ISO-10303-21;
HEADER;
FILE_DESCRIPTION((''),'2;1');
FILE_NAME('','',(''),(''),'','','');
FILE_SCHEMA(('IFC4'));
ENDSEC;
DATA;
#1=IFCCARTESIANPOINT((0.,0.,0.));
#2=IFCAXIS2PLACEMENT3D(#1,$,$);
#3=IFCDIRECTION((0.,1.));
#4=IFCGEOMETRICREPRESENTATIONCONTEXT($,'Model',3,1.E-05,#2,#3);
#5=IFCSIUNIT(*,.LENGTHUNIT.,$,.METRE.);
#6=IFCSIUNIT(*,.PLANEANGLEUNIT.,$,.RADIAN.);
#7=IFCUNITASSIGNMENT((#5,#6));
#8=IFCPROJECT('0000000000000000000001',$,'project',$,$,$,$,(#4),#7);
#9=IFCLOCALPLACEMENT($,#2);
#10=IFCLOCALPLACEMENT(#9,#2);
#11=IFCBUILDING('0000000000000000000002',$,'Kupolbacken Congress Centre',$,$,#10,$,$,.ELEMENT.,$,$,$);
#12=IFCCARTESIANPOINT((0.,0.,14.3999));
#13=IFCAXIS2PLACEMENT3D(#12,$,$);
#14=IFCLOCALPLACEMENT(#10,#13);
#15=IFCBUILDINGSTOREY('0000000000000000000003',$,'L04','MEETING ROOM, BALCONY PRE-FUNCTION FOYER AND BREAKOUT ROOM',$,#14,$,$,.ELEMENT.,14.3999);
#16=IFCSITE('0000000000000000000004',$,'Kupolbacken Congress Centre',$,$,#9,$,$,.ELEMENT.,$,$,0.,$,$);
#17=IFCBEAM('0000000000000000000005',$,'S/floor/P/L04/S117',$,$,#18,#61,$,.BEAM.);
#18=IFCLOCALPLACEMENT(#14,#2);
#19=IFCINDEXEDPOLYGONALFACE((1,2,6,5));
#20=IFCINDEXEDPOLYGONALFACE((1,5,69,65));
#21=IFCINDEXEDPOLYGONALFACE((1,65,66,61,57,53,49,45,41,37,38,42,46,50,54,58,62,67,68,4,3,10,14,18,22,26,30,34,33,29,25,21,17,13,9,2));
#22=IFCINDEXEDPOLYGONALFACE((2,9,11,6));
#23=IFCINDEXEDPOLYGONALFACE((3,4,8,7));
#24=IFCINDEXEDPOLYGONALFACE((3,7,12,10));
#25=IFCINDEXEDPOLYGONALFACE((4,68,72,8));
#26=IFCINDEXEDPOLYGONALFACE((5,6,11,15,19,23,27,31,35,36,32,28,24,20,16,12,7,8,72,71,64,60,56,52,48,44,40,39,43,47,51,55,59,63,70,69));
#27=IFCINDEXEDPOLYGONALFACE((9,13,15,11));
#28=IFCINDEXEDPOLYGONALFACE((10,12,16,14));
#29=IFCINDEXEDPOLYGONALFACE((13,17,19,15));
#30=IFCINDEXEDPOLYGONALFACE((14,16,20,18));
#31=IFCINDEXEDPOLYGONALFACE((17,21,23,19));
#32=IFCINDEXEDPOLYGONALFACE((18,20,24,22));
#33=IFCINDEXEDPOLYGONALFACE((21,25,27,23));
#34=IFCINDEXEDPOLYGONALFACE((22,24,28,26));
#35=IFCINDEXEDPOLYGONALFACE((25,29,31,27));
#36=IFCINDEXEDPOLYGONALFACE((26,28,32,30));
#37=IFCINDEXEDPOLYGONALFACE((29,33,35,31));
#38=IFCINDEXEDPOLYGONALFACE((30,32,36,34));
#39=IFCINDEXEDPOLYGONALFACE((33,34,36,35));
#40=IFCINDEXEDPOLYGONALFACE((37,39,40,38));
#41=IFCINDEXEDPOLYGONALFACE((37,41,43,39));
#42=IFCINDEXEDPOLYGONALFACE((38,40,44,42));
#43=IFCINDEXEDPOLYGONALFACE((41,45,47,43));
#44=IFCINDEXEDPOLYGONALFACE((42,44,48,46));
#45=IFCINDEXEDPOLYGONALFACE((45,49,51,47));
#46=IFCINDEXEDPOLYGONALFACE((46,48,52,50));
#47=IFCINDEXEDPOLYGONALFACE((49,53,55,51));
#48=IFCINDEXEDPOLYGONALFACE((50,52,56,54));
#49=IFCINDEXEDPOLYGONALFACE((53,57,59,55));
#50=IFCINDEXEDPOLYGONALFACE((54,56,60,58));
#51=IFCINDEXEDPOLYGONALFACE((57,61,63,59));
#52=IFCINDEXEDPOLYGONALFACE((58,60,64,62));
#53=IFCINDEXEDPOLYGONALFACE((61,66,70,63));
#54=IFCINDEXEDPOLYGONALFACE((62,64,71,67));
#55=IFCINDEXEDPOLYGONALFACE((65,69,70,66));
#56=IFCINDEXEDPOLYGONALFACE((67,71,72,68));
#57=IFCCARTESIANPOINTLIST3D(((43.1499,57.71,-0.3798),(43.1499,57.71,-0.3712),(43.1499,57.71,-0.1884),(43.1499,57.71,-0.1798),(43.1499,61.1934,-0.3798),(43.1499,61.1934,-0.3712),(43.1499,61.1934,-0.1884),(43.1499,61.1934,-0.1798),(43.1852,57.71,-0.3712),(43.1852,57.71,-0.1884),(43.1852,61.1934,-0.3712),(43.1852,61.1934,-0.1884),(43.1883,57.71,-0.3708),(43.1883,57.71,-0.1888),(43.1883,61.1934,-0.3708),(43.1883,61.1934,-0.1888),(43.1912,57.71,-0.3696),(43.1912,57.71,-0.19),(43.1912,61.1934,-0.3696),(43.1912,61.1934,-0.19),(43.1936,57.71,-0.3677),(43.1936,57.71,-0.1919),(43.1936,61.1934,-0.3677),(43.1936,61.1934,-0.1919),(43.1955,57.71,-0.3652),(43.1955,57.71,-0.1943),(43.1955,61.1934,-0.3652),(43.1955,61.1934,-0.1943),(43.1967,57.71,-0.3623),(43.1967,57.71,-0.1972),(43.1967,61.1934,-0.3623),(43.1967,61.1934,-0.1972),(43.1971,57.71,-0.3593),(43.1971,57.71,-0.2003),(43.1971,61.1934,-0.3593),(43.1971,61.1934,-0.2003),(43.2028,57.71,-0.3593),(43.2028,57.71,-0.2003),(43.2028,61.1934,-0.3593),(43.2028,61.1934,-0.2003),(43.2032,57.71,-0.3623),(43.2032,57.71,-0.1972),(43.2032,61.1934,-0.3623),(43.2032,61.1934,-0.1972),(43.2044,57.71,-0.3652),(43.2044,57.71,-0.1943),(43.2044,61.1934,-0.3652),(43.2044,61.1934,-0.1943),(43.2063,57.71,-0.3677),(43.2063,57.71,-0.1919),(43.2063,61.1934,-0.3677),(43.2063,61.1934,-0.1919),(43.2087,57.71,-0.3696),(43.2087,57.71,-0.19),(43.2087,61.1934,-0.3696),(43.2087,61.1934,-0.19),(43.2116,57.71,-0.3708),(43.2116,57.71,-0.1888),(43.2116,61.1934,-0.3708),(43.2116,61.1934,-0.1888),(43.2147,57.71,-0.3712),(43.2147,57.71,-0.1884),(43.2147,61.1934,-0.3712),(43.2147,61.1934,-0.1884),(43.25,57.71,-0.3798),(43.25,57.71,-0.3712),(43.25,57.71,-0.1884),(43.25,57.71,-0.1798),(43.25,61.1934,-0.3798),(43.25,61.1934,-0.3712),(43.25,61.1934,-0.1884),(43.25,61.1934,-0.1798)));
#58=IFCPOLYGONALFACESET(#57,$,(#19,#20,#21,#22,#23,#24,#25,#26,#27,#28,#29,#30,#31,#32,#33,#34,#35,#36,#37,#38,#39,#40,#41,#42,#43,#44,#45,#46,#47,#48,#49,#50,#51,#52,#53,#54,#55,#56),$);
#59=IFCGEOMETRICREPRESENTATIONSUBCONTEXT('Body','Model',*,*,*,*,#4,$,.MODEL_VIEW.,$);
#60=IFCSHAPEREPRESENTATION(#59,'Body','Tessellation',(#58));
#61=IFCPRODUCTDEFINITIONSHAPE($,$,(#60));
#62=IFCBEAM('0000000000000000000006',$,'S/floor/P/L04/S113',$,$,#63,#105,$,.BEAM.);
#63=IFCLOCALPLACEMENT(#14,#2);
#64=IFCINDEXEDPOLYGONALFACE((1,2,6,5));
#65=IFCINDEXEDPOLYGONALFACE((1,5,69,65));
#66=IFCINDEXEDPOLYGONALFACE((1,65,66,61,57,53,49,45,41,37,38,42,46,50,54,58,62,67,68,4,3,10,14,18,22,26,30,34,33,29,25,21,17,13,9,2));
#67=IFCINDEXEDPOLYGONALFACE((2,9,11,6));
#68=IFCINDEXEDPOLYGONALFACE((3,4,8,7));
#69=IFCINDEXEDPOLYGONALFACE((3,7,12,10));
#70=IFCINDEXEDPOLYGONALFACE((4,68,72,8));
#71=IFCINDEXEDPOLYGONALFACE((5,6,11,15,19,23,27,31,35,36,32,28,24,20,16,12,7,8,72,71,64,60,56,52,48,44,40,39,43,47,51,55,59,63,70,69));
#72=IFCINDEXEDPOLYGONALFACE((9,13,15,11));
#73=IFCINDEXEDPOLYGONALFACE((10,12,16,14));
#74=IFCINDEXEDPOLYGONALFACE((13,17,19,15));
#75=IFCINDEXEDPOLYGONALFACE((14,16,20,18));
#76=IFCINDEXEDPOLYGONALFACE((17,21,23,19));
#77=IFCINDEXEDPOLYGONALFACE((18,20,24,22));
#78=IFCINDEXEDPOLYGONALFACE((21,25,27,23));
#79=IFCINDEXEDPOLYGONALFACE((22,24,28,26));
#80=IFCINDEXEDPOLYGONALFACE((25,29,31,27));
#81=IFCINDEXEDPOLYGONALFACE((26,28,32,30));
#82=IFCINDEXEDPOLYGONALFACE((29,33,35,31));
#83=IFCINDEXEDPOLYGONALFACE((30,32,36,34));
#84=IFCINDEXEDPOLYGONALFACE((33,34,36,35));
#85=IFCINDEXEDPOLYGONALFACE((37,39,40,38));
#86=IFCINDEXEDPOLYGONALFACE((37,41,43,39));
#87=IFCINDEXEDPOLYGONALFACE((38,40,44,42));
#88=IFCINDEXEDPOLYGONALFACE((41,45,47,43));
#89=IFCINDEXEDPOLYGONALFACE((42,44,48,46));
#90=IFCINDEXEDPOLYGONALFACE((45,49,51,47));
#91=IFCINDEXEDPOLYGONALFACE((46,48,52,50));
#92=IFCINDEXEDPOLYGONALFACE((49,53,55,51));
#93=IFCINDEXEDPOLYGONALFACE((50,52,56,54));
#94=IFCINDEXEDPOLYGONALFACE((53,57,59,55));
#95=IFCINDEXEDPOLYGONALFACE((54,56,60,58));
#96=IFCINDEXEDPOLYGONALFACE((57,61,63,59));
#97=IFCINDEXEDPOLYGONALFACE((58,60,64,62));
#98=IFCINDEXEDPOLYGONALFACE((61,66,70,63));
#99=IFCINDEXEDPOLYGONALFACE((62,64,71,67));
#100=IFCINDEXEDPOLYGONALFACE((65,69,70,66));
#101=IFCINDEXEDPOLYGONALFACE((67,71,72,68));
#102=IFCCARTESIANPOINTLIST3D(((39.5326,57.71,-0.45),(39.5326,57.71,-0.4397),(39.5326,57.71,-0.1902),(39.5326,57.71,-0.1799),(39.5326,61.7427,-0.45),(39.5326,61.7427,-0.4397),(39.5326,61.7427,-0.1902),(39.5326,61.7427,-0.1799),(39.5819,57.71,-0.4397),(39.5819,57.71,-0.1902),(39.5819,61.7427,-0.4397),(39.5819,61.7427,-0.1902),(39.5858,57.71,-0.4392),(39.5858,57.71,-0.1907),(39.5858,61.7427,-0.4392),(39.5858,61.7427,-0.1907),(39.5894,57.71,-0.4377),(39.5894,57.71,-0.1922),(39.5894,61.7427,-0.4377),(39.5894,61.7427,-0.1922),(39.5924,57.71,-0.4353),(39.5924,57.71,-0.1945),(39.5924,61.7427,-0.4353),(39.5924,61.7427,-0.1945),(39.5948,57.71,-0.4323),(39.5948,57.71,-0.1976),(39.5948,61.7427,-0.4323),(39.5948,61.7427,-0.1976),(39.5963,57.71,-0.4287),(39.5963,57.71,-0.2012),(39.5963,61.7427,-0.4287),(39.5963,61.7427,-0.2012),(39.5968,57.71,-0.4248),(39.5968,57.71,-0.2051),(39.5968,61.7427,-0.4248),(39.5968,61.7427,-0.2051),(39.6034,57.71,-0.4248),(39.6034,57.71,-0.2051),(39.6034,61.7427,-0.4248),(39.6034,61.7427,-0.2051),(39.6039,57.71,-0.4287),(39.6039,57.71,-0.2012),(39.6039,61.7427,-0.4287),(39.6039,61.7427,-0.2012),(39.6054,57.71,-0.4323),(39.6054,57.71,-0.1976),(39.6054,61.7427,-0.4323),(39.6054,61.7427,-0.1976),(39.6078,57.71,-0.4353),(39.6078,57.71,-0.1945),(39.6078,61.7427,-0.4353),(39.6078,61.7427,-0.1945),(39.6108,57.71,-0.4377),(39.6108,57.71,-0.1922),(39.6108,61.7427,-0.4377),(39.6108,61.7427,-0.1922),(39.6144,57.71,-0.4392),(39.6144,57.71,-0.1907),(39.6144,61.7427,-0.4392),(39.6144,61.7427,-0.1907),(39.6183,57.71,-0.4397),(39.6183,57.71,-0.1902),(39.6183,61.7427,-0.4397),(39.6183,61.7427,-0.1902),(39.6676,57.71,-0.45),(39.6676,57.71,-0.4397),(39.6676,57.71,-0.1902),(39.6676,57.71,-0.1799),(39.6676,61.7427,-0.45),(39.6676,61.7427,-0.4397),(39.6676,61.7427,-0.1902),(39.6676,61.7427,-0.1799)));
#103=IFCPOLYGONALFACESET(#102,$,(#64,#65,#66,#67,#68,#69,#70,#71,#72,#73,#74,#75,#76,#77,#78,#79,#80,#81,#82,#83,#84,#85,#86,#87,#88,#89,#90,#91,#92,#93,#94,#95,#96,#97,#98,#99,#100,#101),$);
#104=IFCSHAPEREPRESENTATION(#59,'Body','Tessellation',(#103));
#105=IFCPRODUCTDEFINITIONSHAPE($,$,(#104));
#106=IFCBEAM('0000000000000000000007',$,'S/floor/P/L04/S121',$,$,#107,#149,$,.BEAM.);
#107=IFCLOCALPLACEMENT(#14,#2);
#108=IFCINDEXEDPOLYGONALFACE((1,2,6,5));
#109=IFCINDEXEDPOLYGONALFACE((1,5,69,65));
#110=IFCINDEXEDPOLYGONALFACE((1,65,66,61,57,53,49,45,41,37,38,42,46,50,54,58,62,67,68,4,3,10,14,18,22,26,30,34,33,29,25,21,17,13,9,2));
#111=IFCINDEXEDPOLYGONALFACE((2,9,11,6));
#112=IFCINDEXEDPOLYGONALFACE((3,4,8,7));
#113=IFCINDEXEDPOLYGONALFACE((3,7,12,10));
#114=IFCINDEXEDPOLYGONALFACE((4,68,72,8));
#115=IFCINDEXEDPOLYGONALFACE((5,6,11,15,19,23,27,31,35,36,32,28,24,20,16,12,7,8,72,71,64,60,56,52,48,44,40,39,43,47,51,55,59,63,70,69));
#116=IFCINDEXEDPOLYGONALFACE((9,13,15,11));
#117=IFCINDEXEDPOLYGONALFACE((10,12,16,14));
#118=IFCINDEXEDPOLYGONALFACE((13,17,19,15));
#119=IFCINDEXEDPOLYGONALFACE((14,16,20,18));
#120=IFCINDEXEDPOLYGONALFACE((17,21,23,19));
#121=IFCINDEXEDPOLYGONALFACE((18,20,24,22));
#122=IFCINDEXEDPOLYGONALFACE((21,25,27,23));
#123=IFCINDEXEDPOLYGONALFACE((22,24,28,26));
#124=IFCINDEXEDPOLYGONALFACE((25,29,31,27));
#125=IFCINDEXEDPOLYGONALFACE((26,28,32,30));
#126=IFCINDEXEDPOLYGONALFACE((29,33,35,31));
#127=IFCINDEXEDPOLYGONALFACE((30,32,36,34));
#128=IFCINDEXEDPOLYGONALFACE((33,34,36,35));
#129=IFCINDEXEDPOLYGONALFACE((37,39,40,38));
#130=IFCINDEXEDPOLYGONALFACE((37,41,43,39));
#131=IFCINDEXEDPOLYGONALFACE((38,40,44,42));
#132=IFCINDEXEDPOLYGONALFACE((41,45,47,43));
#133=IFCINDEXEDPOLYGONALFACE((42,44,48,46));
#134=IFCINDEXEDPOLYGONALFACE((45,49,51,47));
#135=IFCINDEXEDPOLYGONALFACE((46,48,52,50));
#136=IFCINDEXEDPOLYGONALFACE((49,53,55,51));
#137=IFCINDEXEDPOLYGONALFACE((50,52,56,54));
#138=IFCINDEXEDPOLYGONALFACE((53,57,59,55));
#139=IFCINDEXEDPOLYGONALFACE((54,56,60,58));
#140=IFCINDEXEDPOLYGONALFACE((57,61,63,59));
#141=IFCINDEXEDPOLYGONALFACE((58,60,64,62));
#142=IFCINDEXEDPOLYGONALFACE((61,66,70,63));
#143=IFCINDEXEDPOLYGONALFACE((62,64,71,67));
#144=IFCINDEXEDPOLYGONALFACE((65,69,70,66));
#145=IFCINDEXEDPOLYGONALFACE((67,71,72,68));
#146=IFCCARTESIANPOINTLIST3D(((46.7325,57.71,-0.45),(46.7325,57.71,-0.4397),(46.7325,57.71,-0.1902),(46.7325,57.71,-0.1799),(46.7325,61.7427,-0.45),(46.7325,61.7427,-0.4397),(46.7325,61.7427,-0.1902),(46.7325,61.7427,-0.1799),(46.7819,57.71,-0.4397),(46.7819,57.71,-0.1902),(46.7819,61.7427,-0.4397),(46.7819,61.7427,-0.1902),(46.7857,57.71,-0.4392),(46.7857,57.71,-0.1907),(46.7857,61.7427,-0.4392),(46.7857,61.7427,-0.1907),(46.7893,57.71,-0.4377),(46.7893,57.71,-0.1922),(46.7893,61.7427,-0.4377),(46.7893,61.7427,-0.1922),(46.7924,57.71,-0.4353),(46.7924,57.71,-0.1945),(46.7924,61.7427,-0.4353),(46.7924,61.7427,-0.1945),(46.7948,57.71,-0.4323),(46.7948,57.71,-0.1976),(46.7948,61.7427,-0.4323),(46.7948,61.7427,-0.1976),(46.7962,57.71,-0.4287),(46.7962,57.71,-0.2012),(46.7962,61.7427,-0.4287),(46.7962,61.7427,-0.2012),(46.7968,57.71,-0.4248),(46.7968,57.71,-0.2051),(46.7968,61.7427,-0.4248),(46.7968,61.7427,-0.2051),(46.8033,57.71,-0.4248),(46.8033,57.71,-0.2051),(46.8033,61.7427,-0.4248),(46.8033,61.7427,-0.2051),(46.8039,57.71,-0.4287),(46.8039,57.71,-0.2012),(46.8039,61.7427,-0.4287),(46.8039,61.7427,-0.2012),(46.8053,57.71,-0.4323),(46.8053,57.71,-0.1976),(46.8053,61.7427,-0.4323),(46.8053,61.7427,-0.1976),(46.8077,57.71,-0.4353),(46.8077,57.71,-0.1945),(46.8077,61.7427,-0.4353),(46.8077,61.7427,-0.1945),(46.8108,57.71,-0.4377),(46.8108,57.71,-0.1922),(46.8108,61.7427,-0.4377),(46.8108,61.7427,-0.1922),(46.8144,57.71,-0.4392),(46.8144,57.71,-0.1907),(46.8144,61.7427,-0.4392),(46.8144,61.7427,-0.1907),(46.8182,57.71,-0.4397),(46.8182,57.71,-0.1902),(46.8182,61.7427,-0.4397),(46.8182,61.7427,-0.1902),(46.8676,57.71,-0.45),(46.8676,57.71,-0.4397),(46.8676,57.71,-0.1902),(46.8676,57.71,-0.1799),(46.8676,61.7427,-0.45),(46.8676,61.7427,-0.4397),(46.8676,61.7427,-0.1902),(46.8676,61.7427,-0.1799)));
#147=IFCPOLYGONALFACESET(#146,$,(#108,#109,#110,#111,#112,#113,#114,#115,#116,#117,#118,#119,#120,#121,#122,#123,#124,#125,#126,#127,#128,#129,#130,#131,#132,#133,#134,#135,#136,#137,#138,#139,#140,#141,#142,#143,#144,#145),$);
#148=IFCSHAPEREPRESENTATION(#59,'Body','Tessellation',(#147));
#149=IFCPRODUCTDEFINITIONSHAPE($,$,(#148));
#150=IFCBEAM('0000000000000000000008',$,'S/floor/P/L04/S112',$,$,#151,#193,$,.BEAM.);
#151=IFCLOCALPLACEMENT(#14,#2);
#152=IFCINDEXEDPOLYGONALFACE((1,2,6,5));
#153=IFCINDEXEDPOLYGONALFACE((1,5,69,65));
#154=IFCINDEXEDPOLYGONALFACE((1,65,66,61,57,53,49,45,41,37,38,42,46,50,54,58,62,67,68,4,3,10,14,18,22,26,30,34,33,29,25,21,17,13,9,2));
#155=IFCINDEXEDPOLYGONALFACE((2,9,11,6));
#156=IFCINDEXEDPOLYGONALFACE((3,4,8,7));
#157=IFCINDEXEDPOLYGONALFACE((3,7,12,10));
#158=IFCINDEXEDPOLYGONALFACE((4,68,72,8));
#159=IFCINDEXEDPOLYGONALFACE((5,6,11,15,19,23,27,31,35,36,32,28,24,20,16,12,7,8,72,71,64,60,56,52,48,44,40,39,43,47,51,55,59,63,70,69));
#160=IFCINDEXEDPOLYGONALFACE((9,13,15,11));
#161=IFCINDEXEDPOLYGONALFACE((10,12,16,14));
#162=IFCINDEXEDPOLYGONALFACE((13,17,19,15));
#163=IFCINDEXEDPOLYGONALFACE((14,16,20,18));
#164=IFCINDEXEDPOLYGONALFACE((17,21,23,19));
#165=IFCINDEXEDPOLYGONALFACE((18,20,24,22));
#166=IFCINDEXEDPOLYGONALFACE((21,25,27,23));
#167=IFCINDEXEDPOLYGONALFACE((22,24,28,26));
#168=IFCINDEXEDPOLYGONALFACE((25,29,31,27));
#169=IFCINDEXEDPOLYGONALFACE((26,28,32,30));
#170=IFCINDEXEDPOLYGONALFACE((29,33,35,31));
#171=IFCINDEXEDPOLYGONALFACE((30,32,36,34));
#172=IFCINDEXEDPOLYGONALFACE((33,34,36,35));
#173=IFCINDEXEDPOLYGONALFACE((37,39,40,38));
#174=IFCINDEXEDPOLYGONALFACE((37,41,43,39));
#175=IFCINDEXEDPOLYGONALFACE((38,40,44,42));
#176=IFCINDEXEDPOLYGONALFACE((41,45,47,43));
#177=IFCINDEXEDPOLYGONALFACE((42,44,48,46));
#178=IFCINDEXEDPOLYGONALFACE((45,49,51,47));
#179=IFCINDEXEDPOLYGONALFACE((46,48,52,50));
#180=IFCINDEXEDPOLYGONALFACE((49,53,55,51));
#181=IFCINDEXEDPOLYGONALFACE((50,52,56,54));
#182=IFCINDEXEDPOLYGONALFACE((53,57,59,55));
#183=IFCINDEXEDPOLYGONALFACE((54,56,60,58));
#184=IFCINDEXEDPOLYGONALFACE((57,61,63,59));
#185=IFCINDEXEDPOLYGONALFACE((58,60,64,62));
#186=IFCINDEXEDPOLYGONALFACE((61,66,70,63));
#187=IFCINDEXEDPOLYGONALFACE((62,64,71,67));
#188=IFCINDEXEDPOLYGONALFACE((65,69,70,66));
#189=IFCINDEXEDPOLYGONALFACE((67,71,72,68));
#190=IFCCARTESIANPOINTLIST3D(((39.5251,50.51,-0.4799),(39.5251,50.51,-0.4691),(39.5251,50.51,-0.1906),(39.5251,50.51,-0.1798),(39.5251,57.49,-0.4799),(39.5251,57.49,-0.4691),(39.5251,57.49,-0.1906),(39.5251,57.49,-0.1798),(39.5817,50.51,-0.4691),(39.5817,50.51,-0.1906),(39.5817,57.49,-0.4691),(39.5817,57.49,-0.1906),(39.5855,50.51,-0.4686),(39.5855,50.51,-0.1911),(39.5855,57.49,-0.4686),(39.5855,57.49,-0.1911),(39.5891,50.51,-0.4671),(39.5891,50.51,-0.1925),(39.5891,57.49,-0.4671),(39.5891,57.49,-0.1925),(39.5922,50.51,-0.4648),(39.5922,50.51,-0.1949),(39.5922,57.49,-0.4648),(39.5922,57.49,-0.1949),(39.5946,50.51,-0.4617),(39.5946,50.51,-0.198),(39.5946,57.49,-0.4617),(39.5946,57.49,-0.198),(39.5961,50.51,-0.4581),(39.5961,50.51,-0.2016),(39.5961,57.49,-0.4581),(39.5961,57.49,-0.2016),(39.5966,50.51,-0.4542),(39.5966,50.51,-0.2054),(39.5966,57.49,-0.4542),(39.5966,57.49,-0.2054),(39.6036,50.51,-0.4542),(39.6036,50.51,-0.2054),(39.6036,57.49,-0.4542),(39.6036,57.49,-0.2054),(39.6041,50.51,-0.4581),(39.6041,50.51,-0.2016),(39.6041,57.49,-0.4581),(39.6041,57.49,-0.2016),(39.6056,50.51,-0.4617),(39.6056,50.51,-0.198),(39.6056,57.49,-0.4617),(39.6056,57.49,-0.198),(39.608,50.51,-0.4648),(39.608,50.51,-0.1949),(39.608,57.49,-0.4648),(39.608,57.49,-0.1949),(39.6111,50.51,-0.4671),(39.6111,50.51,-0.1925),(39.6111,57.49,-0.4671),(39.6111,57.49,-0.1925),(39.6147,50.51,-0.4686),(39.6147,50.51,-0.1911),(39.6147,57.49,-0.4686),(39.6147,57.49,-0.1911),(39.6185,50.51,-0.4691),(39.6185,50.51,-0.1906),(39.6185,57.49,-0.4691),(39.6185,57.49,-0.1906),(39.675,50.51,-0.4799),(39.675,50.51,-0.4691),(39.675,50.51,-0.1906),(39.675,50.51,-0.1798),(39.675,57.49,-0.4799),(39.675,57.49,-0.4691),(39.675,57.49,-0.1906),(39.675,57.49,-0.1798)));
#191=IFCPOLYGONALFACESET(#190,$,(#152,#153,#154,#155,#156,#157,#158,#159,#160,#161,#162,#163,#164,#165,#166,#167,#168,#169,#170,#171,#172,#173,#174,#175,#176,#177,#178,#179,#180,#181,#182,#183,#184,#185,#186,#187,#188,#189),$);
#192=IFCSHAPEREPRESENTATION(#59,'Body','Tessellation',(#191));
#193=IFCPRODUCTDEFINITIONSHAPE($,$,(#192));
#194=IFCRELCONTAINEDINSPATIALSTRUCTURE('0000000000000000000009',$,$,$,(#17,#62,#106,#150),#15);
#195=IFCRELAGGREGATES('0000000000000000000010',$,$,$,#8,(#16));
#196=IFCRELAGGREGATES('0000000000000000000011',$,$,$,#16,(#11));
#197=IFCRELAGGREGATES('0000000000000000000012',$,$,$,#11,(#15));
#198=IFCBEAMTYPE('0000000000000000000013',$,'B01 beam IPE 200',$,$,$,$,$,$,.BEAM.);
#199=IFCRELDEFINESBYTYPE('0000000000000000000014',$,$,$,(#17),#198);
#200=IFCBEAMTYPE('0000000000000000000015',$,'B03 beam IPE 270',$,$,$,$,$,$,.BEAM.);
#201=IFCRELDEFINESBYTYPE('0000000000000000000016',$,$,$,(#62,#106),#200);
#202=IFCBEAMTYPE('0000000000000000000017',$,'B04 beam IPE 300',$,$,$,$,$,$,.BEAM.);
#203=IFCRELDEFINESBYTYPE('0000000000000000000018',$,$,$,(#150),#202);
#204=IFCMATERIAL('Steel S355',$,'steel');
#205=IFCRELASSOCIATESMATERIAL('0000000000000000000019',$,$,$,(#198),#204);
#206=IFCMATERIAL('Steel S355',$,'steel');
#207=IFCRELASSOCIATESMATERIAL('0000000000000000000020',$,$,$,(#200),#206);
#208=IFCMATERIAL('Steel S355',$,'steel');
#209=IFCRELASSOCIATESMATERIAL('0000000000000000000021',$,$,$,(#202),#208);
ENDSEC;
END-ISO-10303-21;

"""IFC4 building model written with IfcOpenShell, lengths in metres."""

from ifc_helpers import new_model, si_unit, direction, frame, origin, origin_2d, place, context, subcontext, project, spatial, i_section, extrude, material, material_profile, profile_set, type_object, element, save


model = new_model("IFC4")

# Units and contexts
model_context = context("Model", 3, precision=1e-05, world=origin(), true_north=direction((0.0, 1.0)))
body_context = subcontext(model_context, "Body", "Model", "MODEL_VIEW")
ifc_project = project(units=[si_unit("LENGTHUNIT", "METRE"), si_unit("PLANEANGLEUNIT", "RADIAN")], contexts=[model_context])

# Site, building, storey
site_placement = place(None, origin())
site = spatial("IfcSite", under=ifc_project, at=site_placement, Name="Kupolbacken Congress Centre", CompositionType="ELEMENT", RefElevation=0.0)
building_placement = place(site_placement, origin())
building = spatial("IfcBuilding", under=site, at=building_placement, Name="Kupolbacken Congress Centre", CompositionType="ELEMENT")
storey_placement = place(building_placement, frame((0.0, 0.0, 14.3999)))
storey = spatial("IfcBuildingStorey", under=building, at=storey_placement, Name="L04", Description="MEETING ROOM, BALCONY PRE-FUNCTION FOYER AND BREAKOUT ROOM", CompositionType="ELEMENT", Elevation=14.3999)

# Beams
ifc_material_1 = material(Name="Steel S355", Category="steel")
ifc_material_profile_1 = material_profile(ifc_material_1, i_section(OverallWidth=0.1001, OverallDepth=0.2, WebThickness=0.0056, FlangeThickness=0.0085, FilletRadius=0.012, at=origin_2d()), Name="IPE 200")
ifc_profile_set_1 = profile_set([ifc_material_profile_1], Name="Steel S355")
beam_type_1 = type_object("IfcBeamType", Name="B01 beam IPE 200", PredefinedType="BEAM", material=ifc_profile_set_1)
beam_1_placement = place(storey_placement, frame((43.2, 57.71, -0.2798), z_axis=(0.0, 1.0, 0.0), x_axis=(-1.0, 0.0, 0.0)))
element("IfcBeam", 1, at=beam_1_placement, inside=storey, type_object=beam_type_1, Name="S/floor/P/L04/S117", PredefinedType="BEAM", context=body_context, shape_type="SweptSolid", body=[
    extrude(i_section(OverallWidth=0.1001, OverallDepth=0.2, WebThickness=0.0056, FlangeThickness=0.0085, FilletRadius=0.012, at=origin_2d()), origin(), (0.0, 0.0, 1.0), 3.4834),
])
ifc_material_2 = material(Name="Steel S355", Category="steel")
ifc_material_profile_2 = material_profile(ifc_material_2, i_section(OverallWidth=0.135, OverallDepth=0.27, WebThickness=0.0066, FlangeThickness=0.0103, FilletRadius=0.0149, at=origin_2d()), Name="IPE 270")
ifc_profile_set_2 = profile_set([ifc_material_profile_2], Name="Steel S355")
beam_type_2 = type_object("IfcBeamType", Name="B03 beam IPE 270", PredefinedType="BEAM", material=ifc_profile_set_2)
for number, where, z_axis, x_axis, name in (
    (2, (39.6001, 57.71, -0.3149), (0.0, 1.0, 0.0), (-1.0, 0.0, 0.0), "S/floor/P/L04/S113"),
    (3, (46.8, 57.71, -0.3149), (0.0, 1.0, 0.0), (-1.0, 0.0, 0.0), "S/floor/P/L04/S121"),
):
    element("IfcBeam", number, at=place(storey_placement, frame(where, z_axis=z_axis, x_axis=x_axis)), inside=storey, type_object=beam_type_2, Name=name, PredefinedType="BEAM", context=body_context, shape_type="SweptSolid", body=[
        extrude(i_section(OverallWidth=0.135, OverallDepth=0.27, WebThickness=0.0066, FlangeThickness=0.0103, FilletRadius=0.0149, at=origin_2d()), origin(), (0.0, 0.0, 1.0), 4.0327),
    ])
ifc_material_3 = material(Name="Steel S355", Category="steel")
ifc_material_profile_3 = material_profile(ifc_material_3, i_section(OverallWidth=0.1499, OverallDepth=0.3, WebThickness=0.0071, FlangeThickness=0.0107, FilletRadius=0.0149, at=origin_2d()), Name="IPE 300")
ifc_profile_set_3 = profile_set([ifc_material_profile_3], Name="Steel S355")
beam_type_3 = type_object("IfcBeamType", Name="B04 beam IPE 300", PredefinedType="BEAM", material=ifc_profile_set_3)
for number, where, z_axis, x_axis, name in (
    (4, (39.6001, 50.51, -0.3298), (0.0, 1.0, 0.0), (-1.0, 0.0, 0.0), "S/floor/P/L04/S112"),
):
    element("IfcBeam", number, at=place(storey_placement, frame(where, z_axis=z_axis, x_axis=x_axis)), inside=storey, type_object=beam_type_3, Name=name, PredefinedType="BEAM", context=body_context, shape_type="SweptSolid", body=[
        extrude(i_section(OverallWidth=0.1499, OverallDepth=0.3, WebThickness=0.0071, FlangeThickness=0.0107, FilletRadius=0.0149, at=origin_2d()), origin(), (0.0, 0.0, 1.0), 6.98),
    ])

save(model, "model.ifc")
